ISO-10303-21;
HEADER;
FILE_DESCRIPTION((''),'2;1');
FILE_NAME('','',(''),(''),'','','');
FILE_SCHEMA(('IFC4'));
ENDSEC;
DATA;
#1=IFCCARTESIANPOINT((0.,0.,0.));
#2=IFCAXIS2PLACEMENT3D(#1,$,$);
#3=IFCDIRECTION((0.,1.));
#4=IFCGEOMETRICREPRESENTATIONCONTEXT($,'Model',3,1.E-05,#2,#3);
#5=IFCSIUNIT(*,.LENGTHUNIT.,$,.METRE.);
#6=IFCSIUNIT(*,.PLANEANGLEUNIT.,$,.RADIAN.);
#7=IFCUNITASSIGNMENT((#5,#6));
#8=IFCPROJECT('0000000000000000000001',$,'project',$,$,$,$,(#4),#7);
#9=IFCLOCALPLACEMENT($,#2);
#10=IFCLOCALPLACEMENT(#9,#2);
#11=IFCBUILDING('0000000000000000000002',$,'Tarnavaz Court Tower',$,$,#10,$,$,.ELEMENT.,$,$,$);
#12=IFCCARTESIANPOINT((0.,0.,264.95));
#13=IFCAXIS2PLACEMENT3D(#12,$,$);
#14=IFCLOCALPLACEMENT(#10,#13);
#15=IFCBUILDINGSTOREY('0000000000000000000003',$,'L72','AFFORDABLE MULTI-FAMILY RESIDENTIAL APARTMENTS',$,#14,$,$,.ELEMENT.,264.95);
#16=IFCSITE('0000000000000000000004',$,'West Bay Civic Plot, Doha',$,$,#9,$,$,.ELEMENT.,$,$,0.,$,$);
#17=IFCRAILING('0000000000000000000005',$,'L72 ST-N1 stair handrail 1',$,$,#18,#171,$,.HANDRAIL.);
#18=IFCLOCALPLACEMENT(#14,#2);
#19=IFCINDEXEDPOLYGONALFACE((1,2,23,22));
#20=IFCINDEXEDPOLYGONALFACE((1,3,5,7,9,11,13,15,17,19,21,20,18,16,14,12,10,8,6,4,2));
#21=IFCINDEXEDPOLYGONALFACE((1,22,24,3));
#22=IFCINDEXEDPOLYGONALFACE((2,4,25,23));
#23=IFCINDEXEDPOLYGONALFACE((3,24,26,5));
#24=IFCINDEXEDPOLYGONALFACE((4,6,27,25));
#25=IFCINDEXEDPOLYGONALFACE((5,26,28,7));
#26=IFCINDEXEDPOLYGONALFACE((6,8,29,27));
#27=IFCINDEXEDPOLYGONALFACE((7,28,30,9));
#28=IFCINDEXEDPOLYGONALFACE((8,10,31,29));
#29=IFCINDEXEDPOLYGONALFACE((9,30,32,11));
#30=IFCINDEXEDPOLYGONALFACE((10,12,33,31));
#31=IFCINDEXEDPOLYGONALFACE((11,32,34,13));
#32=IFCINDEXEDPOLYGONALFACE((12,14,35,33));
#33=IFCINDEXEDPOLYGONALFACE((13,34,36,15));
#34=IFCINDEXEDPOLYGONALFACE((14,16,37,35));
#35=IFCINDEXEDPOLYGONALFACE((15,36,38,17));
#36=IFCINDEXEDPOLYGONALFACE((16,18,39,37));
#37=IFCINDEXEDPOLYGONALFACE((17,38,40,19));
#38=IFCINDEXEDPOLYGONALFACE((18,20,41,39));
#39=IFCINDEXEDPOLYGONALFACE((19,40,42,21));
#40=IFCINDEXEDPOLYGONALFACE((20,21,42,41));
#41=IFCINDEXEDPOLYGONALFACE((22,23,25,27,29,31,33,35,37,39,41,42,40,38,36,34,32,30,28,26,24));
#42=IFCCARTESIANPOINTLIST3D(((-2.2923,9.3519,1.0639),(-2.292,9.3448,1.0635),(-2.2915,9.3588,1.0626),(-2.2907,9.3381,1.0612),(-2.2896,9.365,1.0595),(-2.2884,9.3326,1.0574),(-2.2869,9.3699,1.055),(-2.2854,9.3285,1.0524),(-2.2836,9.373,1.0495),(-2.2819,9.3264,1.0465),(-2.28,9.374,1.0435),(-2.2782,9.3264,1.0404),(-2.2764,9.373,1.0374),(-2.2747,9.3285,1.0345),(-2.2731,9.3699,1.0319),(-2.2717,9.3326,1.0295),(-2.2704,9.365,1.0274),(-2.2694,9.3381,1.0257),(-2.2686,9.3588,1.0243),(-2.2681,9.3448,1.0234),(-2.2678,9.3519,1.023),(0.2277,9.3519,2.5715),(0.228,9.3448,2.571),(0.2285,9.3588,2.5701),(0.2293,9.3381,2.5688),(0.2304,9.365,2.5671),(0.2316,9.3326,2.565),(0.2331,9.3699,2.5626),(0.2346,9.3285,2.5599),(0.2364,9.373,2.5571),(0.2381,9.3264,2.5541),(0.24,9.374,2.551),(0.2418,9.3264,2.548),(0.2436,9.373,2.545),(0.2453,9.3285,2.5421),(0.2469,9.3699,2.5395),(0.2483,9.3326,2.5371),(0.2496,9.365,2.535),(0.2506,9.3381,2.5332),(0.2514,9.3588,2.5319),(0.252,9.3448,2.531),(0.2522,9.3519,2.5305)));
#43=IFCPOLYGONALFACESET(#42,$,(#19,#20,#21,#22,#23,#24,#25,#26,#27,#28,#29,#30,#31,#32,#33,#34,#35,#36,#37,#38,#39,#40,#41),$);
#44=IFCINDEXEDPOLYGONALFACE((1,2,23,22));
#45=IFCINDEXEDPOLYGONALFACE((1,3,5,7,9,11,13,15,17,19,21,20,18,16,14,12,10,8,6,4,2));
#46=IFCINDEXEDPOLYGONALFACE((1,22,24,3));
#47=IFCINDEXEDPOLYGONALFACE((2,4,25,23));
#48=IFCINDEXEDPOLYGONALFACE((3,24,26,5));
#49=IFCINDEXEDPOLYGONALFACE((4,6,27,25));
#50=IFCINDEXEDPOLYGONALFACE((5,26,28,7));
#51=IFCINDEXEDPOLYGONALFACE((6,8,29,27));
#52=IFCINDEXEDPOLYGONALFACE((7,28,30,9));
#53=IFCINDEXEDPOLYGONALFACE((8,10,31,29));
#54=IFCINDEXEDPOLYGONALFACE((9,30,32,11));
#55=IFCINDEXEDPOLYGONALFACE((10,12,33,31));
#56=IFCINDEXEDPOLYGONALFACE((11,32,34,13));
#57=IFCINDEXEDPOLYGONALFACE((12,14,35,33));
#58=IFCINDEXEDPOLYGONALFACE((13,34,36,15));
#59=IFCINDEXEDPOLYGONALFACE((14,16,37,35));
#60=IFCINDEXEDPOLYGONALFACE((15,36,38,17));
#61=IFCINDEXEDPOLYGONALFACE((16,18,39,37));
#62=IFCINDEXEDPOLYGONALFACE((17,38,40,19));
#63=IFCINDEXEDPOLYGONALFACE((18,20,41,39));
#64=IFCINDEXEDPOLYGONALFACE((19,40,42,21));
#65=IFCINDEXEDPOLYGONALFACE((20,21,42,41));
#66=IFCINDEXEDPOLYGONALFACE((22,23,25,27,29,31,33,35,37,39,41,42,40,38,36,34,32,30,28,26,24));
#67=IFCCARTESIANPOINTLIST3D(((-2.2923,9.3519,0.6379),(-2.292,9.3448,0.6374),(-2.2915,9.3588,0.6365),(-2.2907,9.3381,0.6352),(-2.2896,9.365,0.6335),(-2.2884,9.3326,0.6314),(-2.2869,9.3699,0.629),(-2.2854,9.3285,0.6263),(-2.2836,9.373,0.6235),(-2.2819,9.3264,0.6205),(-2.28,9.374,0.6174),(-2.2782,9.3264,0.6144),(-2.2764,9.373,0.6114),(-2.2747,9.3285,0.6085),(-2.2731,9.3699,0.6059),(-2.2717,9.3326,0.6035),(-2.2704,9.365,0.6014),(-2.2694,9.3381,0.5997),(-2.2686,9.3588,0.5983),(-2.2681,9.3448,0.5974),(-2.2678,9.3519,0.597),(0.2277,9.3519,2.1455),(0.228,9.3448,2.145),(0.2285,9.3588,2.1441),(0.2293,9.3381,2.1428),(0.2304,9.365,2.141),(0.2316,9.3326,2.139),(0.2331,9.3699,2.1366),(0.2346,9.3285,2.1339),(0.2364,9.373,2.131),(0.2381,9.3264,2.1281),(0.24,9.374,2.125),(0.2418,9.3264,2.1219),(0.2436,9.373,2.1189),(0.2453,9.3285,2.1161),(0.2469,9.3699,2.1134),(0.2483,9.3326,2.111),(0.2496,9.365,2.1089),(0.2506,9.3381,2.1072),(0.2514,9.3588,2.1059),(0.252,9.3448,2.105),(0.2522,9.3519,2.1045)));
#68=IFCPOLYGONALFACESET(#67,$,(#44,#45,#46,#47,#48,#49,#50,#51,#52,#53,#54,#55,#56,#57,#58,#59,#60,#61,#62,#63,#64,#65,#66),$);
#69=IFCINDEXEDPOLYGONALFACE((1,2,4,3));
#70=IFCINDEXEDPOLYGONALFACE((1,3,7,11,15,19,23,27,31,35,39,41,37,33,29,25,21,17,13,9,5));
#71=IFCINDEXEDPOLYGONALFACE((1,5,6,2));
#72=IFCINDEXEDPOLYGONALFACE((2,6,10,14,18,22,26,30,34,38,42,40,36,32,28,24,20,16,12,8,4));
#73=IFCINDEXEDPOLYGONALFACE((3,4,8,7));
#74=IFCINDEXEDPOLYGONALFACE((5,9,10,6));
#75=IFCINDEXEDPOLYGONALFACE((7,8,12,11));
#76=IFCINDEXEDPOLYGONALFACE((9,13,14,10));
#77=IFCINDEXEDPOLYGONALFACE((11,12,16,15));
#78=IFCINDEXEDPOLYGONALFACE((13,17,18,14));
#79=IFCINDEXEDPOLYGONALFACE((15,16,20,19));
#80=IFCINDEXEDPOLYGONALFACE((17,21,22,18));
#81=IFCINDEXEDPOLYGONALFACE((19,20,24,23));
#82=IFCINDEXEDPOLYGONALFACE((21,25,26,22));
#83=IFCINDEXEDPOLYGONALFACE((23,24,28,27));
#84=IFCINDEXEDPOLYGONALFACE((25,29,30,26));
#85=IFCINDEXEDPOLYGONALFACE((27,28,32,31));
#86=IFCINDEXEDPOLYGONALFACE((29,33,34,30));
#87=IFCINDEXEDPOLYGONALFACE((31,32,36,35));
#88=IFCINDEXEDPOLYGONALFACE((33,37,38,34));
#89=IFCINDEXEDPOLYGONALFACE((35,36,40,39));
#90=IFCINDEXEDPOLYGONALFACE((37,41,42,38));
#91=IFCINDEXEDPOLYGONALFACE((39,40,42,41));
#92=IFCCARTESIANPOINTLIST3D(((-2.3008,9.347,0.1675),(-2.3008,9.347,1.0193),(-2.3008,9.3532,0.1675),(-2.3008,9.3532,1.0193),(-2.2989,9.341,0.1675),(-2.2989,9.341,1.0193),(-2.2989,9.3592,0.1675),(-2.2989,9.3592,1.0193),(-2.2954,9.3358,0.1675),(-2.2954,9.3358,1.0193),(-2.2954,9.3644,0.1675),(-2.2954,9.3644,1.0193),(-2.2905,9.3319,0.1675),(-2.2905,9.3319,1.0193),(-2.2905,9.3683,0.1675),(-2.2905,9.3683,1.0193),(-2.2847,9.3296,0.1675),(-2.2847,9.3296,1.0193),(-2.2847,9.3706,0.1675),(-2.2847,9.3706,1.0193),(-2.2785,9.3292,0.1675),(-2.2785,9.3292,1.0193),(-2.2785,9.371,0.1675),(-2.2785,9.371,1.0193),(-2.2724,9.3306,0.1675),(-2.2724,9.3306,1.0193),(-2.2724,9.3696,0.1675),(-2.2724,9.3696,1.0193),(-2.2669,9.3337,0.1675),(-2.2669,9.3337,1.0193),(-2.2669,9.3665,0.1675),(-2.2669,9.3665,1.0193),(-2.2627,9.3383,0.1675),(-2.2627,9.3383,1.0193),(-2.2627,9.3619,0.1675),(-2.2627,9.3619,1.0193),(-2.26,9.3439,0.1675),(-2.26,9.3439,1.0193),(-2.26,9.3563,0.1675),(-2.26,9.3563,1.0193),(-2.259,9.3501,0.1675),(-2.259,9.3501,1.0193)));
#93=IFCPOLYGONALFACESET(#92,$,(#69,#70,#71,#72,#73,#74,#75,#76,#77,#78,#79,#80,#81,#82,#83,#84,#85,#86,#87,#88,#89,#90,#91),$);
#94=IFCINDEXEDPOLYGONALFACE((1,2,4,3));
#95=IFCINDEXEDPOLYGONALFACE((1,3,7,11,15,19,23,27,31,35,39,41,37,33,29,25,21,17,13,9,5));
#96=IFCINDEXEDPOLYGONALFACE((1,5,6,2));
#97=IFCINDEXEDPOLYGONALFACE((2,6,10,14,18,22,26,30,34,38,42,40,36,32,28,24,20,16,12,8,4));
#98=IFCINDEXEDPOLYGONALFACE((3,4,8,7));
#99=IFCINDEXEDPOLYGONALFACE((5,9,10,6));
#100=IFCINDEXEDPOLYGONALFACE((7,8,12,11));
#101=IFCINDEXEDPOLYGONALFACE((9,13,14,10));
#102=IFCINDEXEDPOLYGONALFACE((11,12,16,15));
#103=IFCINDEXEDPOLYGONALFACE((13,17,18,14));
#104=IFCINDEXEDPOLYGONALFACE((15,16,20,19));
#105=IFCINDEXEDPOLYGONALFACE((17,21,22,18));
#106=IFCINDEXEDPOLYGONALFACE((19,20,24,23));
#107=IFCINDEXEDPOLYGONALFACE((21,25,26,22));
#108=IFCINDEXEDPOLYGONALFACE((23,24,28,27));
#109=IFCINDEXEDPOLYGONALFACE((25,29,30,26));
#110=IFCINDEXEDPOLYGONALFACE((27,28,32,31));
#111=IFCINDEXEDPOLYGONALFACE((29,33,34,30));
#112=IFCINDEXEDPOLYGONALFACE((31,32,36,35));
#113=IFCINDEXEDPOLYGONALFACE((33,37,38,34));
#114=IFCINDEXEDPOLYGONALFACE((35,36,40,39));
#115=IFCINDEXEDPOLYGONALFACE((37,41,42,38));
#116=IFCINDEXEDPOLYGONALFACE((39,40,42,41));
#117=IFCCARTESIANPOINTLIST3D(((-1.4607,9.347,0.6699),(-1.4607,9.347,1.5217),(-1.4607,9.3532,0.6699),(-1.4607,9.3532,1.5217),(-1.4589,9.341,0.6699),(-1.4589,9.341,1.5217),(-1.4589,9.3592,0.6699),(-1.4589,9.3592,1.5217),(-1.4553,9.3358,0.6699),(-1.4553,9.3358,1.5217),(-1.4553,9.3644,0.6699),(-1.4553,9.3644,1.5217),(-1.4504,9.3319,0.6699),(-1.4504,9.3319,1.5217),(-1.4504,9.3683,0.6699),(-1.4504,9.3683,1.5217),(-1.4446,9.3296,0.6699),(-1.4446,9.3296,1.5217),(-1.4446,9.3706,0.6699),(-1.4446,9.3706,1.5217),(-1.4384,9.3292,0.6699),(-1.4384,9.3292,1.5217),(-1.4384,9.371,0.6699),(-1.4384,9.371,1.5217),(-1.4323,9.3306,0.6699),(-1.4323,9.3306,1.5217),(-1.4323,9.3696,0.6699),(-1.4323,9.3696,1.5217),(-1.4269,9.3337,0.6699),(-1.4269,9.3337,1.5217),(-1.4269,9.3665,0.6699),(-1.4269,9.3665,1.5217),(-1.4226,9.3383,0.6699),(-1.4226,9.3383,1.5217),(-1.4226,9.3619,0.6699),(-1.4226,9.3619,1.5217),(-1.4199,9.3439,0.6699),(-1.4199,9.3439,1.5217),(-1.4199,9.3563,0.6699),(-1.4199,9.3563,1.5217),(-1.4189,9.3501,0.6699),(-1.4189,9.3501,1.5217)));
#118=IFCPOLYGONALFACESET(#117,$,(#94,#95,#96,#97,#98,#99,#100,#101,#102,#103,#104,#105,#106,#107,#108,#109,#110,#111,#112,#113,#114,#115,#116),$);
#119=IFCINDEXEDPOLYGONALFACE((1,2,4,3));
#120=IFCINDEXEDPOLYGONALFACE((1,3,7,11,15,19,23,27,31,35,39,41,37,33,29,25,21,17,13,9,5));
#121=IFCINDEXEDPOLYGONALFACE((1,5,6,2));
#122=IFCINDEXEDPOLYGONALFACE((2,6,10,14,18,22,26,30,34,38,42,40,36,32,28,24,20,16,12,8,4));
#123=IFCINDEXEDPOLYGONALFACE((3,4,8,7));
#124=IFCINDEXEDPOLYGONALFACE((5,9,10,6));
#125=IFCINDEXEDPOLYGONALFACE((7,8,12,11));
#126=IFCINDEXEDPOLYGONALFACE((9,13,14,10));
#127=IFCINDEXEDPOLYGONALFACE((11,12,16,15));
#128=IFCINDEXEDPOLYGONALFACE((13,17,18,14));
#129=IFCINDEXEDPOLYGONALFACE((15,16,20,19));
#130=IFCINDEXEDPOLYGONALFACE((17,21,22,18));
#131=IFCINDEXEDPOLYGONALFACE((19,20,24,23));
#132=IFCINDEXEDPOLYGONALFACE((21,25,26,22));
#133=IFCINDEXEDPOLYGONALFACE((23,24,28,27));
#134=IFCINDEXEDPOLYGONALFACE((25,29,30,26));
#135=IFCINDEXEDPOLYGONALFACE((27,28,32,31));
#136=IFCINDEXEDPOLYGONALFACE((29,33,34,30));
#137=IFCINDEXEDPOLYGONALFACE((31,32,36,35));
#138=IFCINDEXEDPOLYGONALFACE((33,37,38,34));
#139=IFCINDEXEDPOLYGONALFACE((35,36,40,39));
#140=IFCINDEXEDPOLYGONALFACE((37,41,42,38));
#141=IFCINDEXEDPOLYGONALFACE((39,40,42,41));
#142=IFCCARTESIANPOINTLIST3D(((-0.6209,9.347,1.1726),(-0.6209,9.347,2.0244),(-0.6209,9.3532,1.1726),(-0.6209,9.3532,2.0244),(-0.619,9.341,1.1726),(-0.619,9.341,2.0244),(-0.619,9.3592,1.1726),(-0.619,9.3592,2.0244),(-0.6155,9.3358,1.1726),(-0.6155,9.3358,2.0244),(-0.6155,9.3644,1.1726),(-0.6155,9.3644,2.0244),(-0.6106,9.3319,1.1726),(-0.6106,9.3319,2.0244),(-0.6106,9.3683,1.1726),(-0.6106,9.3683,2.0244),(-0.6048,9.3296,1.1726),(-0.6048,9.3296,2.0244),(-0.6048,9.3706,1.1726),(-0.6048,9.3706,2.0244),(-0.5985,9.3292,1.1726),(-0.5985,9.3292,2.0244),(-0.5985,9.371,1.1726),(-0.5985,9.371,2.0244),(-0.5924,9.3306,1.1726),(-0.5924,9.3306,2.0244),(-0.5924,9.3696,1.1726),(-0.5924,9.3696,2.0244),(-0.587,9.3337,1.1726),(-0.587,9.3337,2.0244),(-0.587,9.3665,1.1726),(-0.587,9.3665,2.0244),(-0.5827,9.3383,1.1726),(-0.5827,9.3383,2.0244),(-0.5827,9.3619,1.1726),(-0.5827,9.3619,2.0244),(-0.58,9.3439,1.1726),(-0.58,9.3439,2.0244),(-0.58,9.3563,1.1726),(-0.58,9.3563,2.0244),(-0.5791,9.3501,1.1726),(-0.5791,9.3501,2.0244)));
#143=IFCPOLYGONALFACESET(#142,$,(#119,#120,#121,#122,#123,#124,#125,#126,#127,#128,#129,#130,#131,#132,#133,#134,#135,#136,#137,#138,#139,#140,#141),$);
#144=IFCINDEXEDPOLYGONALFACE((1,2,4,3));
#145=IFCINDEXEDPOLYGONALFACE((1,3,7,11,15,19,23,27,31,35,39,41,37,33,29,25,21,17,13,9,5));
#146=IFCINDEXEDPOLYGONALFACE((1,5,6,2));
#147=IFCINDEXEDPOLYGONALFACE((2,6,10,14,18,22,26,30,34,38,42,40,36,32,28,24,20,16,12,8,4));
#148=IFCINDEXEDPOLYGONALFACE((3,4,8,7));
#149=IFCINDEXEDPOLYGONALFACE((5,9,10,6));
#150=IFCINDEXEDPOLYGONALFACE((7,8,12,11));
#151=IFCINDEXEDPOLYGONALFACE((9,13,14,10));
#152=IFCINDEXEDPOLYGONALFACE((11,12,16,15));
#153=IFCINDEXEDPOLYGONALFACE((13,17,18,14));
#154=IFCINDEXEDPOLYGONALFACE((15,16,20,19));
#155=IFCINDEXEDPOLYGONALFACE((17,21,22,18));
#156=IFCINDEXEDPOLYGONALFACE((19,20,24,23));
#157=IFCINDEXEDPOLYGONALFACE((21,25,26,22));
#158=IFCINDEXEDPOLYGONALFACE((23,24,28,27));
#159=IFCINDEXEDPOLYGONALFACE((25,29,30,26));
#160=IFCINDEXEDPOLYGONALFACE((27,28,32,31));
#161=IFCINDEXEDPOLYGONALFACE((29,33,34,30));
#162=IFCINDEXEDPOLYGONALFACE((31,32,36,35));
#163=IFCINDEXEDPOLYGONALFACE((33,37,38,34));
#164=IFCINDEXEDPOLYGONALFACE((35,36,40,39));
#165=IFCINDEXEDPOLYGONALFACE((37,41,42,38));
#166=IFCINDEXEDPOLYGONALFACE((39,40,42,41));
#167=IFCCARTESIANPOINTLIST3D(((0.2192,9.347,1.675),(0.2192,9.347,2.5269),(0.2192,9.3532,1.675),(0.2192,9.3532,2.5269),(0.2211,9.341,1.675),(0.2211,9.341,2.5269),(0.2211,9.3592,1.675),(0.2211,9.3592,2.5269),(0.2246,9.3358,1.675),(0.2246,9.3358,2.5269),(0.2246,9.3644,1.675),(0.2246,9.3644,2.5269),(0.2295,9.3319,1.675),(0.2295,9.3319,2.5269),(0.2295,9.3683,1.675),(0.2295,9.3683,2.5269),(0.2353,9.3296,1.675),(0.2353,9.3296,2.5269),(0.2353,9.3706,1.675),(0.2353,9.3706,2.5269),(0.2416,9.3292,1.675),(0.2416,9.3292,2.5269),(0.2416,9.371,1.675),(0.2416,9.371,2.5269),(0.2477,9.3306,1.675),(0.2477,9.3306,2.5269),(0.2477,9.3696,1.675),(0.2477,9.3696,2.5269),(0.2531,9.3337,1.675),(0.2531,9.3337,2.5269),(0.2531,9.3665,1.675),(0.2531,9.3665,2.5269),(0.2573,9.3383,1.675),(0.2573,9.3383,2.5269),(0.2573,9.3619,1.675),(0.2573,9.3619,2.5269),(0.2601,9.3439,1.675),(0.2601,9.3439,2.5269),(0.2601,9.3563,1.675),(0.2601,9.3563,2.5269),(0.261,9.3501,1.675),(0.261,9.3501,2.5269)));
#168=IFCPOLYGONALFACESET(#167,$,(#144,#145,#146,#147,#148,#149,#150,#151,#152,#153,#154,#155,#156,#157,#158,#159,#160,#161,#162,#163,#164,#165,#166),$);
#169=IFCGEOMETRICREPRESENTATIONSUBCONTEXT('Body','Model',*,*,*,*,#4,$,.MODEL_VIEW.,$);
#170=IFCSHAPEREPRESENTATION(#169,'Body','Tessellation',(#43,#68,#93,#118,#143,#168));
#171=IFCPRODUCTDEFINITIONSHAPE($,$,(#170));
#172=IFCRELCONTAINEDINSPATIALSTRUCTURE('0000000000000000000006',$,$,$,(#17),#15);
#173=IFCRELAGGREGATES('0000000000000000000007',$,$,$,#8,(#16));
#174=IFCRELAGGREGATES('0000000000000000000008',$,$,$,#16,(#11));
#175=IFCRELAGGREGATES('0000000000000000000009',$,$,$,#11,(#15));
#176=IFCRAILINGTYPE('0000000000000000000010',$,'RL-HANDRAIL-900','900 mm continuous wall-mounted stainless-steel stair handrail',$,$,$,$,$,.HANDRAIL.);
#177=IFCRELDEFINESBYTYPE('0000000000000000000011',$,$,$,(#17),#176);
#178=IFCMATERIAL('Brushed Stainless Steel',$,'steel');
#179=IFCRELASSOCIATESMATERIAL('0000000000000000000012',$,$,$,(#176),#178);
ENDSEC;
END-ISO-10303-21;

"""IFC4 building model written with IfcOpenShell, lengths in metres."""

from ifc_helpers import new_model, si_unit, direction, frame, origin, origin_2d, place, context, subcontext, project, spatial, circle, extrude, material, type_object, element, save


model = new_model("IFC4")

# Units and contexts
model_context = context("Model", 3, precision=1e-05, world=origin(), true_north=direction((0.0, 1.0)))
body_context = subcontext(model_context, "Body", "Model", "MODEL_VIEW")
ifc_project = project(units=[si_unit("LENGTHUNIT", "METRE"), si_unit("PLANEANGLEUNIT", "RADIAN")], contexts=[model_context])

# Site, building, storey
site_placement = place(None, origin())
site = spatial("IfcSite", under=ifc_project, at=site_placement, Name="West Bay Civic Plot, Doha", CompositionType="ELEMENT", RefElevation=0.0)
building_placement = place(site_placement, origin())
building = spatial("IfcBuilding", under=site, at=building_placement, Name="Tarnavaz Court Tower", CompositionType="ELEMENT")
storey_placement = place(building_placement, frame((0.0, 0.0, 264.95)))
storey = spatial("IfcBuildingStorey", under=building, at=storey_placement, Name="L72", Description="AFFORDABLE MULTI-FAMILY RESIDENTIAL APARTMENTS", CompositionType="ELEMENT", Elevation=264.95)

# Railing
ifc_material_1 = material(Name="Brushed Stainless Steel", Category="steel")
railing_type_1 = type_object("IfcRailingType", Name="RL-HANDRAIL-900", Description="900 mm continuous wall-mounted stainless-steel stair handrail", PredefinedType="HANDRAIL", material=ifc_material_1)
railing_1_placement = place(storey_placement, frame((-2.28, 9.3501, 0.1675)))
element("IfcRailing", 1, at=railing_1_placement, inside=storey, type_object=railing_type_1, Name="L72 ST-N1 stair handrail 1", PredefinedType="HANDRAIL", context=body_context, shape_type="SweptSolid", body=[
    extrude(circle(Radius=0.0239, at=origin_2d()), frame((0.0, 0.0, 0.876), z_axis=(0.85816, 0.0, 0.513383), x_axis=(0.0, 1.0, 0.0)), (0.0, 0.0, 1.0), 2.9365),
    extrude(circle(Radius=0.0239, at=origin_2d()), frame((0.0, 0.0, 0.45), z_axis=(0.85816, 0.0, 0.513383), x_axis=(0.0, 1.0, 0.0)), (0.0, 0.0, 1.0), 2.9365),
    extrude(circle(Radius=0.021, at=origin_2d()), origin(), (0.0, 0.0, 1.0), 0.8518),
    extrude(circle(Radius=0.021, at=origin_2d()), frame((0.8401, 0.0, 0.5024)), (0.0, 0.0, 1.0), 0.8518),
    extrude(circle(Radius=0.021, at=origin_2d()), frame((1.6799, 0.0, 1.0051)), (0.0, 0.0, 1.0), 0.8518),
    extrude(circle(Radius=0.021, at=origin_2d()), frame((2.52, 0.0, 1.5076)), (0.0, 0.0, 1.0), 0.8518),
])

save(model, "model.ifc")
